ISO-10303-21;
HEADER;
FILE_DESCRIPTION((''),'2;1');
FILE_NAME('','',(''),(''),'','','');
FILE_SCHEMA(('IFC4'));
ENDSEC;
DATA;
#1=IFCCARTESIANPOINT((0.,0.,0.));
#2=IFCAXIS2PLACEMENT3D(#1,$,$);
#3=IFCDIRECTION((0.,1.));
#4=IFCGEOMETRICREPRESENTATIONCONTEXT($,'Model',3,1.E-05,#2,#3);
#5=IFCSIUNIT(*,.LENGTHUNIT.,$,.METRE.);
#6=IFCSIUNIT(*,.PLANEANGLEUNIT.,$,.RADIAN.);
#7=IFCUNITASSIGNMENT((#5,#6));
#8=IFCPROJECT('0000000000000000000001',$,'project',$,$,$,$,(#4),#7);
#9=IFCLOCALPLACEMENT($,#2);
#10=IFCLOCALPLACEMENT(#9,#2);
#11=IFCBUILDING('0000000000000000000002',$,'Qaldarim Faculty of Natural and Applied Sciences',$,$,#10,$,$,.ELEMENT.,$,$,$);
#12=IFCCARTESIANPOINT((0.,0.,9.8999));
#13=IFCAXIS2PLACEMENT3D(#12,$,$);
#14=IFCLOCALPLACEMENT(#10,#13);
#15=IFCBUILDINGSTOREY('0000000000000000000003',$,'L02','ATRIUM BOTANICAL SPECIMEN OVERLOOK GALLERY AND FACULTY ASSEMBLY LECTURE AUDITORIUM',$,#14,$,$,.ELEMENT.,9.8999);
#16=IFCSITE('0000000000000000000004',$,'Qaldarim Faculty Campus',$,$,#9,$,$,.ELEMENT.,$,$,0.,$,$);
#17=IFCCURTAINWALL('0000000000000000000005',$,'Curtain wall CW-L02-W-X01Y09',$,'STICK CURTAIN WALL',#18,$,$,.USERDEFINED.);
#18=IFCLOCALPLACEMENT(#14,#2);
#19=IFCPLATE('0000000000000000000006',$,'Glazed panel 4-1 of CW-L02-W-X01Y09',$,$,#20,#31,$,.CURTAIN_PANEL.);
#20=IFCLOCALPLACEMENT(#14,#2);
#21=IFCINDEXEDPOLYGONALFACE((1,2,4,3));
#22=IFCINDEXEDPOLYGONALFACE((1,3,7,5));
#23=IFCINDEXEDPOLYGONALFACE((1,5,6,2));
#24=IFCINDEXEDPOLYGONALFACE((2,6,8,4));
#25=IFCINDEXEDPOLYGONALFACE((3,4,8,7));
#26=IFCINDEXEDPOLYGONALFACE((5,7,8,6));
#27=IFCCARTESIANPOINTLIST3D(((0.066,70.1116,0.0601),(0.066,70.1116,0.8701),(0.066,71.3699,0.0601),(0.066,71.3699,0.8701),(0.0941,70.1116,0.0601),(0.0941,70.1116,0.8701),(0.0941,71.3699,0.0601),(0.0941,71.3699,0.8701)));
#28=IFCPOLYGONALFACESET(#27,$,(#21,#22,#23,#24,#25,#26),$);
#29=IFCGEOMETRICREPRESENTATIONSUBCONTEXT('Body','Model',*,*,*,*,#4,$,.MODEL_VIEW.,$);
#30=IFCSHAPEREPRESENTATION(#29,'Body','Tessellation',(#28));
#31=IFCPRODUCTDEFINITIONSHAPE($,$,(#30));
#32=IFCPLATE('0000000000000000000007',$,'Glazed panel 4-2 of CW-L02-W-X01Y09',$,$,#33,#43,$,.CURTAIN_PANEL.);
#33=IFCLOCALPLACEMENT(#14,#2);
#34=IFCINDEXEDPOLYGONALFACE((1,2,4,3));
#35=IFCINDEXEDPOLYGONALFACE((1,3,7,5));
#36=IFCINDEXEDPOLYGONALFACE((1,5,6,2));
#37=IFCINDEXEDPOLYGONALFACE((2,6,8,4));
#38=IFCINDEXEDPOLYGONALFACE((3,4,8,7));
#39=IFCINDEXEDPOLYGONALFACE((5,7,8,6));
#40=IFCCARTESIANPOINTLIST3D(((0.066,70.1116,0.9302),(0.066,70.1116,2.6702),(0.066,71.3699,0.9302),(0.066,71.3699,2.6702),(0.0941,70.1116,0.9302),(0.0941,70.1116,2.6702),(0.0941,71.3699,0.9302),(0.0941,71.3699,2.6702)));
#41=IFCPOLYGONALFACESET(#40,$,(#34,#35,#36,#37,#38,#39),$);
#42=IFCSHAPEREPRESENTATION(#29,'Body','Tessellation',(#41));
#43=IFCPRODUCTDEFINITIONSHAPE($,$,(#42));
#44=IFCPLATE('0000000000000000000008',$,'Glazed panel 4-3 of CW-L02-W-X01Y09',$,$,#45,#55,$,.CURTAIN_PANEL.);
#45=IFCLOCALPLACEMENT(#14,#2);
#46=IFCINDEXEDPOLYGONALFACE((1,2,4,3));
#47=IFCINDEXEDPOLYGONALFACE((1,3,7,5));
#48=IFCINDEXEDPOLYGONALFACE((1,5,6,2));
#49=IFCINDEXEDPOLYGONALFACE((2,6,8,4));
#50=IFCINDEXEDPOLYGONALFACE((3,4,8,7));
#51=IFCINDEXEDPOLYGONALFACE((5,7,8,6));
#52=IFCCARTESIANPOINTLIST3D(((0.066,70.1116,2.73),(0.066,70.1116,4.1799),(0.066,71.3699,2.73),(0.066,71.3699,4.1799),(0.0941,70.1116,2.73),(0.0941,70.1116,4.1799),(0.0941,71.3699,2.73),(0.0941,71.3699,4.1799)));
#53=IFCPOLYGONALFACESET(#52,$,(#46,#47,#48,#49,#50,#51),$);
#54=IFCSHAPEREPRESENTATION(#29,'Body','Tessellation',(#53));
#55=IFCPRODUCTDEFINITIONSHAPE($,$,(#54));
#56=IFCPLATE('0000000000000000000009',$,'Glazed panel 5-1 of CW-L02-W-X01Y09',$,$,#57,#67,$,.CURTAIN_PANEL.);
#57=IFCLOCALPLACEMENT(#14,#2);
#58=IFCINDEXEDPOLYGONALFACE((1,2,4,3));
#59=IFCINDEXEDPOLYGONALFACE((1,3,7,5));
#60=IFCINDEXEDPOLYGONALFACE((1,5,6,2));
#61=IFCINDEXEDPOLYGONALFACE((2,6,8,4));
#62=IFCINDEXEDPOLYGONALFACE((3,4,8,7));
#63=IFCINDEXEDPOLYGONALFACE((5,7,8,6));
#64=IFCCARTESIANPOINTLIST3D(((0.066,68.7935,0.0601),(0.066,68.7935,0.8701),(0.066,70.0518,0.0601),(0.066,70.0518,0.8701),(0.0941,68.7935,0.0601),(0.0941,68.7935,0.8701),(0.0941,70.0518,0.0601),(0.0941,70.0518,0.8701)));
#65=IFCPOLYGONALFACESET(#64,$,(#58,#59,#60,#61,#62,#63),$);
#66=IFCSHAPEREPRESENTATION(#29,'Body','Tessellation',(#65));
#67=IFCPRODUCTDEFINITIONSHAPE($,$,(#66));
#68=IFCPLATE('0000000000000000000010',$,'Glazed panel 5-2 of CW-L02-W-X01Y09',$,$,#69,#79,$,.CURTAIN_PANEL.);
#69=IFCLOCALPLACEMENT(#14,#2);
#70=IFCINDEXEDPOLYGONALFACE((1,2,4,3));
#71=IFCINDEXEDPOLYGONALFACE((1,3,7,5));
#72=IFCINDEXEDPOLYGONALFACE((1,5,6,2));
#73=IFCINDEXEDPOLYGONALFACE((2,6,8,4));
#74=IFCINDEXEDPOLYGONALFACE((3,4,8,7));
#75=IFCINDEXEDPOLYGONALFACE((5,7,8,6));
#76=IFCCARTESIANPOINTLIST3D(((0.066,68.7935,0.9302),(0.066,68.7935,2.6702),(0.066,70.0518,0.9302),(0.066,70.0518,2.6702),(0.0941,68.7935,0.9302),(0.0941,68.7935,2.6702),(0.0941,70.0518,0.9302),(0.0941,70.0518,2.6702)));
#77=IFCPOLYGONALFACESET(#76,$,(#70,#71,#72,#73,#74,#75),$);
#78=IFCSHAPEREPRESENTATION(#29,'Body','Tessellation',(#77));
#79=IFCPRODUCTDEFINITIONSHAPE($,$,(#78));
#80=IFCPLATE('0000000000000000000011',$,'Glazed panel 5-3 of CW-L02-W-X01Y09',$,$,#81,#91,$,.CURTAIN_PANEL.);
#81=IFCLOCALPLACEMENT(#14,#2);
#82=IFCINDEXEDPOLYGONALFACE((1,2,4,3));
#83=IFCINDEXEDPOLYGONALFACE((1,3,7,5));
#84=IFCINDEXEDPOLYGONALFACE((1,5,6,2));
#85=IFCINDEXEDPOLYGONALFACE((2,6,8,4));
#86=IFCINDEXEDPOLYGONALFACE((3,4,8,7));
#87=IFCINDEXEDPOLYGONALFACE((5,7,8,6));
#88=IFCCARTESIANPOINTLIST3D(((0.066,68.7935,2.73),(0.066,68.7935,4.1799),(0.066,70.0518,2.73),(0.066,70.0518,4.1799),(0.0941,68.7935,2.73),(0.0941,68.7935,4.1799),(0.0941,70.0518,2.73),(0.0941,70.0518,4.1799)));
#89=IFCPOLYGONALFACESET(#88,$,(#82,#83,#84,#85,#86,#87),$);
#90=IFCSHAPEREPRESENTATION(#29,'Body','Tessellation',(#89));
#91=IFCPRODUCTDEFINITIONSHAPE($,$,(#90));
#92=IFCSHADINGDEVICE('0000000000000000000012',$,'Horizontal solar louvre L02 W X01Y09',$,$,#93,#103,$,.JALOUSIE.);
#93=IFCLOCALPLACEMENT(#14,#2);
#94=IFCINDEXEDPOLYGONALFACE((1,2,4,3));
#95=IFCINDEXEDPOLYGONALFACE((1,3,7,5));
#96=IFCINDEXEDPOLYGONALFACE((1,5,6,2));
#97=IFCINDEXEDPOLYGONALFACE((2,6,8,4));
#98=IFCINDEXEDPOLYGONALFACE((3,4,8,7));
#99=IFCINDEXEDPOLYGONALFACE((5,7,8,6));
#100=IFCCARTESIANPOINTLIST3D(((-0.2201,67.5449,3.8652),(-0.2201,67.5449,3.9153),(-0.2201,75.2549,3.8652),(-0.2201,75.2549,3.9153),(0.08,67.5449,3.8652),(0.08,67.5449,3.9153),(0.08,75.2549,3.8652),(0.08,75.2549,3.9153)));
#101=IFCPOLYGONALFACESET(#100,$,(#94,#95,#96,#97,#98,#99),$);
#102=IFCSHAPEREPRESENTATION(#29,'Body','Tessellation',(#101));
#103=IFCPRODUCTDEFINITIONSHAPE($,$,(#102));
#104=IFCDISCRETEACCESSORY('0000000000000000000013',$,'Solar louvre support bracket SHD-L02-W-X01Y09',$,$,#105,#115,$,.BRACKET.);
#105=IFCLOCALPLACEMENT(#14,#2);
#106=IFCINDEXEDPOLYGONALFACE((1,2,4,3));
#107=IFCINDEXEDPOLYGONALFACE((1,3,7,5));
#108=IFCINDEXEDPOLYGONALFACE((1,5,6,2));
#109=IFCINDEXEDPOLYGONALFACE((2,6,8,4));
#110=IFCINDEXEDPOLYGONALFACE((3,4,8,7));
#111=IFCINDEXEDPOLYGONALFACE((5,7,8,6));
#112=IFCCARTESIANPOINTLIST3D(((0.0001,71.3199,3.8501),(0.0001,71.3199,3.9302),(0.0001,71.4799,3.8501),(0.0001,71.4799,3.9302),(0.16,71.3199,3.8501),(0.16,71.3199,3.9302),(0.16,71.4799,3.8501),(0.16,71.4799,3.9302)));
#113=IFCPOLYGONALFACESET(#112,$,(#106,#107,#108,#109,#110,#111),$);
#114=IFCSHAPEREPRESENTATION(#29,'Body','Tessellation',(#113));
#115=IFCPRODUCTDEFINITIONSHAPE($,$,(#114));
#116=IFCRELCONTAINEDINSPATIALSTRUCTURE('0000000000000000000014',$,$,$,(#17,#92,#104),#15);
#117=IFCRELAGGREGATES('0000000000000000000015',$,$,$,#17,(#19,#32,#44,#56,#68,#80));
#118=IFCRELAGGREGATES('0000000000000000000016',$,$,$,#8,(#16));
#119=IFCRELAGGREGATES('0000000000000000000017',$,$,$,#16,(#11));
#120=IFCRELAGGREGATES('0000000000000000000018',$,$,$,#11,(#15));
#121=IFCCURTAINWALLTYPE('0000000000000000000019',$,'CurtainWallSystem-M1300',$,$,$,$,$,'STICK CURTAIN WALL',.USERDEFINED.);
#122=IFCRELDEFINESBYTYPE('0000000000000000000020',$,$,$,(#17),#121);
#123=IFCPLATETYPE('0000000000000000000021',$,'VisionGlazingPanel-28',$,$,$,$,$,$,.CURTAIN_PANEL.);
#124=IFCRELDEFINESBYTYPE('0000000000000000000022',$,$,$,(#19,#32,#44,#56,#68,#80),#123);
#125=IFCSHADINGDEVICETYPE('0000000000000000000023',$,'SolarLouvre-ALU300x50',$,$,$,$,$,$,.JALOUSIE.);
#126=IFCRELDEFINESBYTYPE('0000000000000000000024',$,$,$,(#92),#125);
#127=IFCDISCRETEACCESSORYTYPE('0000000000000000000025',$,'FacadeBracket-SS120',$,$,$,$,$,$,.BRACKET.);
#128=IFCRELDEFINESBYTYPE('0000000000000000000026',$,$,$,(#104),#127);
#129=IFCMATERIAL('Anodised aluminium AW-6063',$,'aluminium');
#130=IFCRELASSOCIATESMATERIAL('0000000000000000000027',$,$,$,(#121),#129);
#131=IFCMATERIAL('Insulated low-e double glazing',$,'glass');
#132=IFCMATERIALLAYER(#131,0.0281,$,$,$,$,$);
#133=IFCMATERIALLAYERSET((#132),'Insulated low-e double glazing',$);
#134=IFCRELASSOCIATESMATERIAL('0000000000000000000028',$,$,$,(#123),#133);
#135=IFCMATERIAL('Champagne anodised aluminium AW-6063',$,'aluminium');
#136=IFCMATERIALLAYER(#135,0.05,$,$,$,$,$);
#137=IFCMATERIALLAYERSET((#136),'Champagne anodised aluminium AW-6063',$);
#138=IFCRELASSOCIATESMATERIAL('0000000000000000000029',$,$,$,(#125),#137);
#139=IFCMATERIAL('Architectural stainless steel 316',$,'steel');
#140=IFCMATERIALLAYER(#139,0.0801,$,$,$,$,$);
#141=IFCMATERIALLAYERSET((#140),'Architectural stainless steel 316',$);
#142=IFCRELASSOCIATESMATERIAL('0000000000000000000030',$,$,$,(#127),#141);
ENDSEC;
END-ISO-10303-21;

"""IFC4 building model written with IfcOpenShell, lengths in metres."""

from ifc_helpers import new_model, si_unit, direction, frame, origin, origin_2d, place, context, subcontext, project, spatial, rectangle, extrude, material, layer, layer_set, type_object, element, aggregate, save


model = new_model("IFC4")

# Units and contexts
model_context = context("Model", 3, precision=1e-05, world=origin(), true_north=direction((0.0, 1.0)))
body_context = subcontext(model_context, "Body", "Model", "MODEL_VIEW")
ifc_project = project(units=[si_unit("LENGTHUNIT", "METRE"), si_unit("PLANEANGLEUNIT", "RADIAN")], contexts=[model_context])

# Site, building, storey
site_placement = place(None, origin())
site = spatial("IfcSite", under=ifc_project, at=site_placement, Name="Qaldarim Faculty Campus", CompositionType="ELEMENT", RefElevation=0.0)
building_placement = place(site_placement, origin())
building = spatial("IfcBuilding", under=site, at=building_placement, Name="Qaldarim Faculty of Natural and Applied Sciences", CompositionType="ELEMENT")
storey_placement = place(building_placement, frame((0.0, 0.0, 9.8999)))
storey = spatial("IfcBuildingStorey", under=building, at=storey_placement, Name="L02", Description="ATRIUM BOTANICAL SPECIMEN OVERLOOK GALLERY AND FACULTY ASSEMBLY LECTURE AUDITORIUM", CompositionType="ELEMENT", Elevation=9.8999)

# Curtain wall, plates
ifc_material_1 = material(Name="Anodised aluminium AW-6063", Category="aluminium")
curtain_wall_type = type_object("IfcCurtainWallType", Name="CurtainWallSystem-M1300", ElementType="STICK CURTAIN WALL", PredefinedType="USERDEFINED", material=ifc_material_1)
curtain_wall_placement = place(storey_placement, origin())
curtain_wall = element("IfcCurtainWall", 1, at=curtain_wall_placement, inside=storey, type_object=curtain_wall_type, Name="Curtain wall CW-L02-W-X01Y09", ObjectType="STICK CURTAIN WALL", PredefinedType="USERDEFINED")
ifc_material_2 = material(Name="Insulated low-e double glazing", Category="glass")
ifc_layer_1 = layer(ifc_material_2, 0.0281)
ifc_layer_set_1 = layer_set([ifc_layer_1], Name="Insulated low-e double glazing")
plate_type = type_object("IfcPlateType", Name="VisionGlazingPanel-28", PredefinedType="CURTAIN_PANEL", material=ifc_layer_set_1)
plate_1_placement = place(storey_placement, frame((0.0801, 70.7407, 0.0601), z_axis=(0.0, 0.0, 1.0), x_axis=(0.0, -1.0, 0.0)))
plate_1 = element("IfcPlate", 2, at=plate_1_placement, type_object=plate_type, Name="Glazed panel 4-1 of CW-L02-W-X01Y09", PredefinedType="CURTAIN_PANEL", context=body_context, shape_type="SweptSolid", body=[
    extrude(rectangle(XDim=1.2583, YDim=0.0281, at=origin_2d()), origin(), (0.0, 0.0, 1.0), 0.8101),
])
plate_2_placement = place(storey_placement, frame((0.0801, 70.7407, 0.9302), z_axis=(0.0, 0.0, 1.0), x_axis=(0.0, -1.0, 0.0)))
plate_2 = element("IfcPlate", 3, at=plate_2_placement, type_object=plate_type, Name="Glazed panel 4-2 of CW-L02-W-X01Y09", PredefinedType="CURTAIN_PANEL", context=body_context, shape_type="SweptSolid", body=[
    extrude(rectangle(XDim=1.2583, YDim=0.0281, at=origin_2d()), origin(), (0.0, 0.0, 1.0), 1.74),
])
plate_3_placement = place(storey_placement, frame((0.0801, 70.7407, 2.73), z_axis=(0.0, 0.0, 1.0), x_axis=(0.0, -1.0, 0.0)))
plate_3 = element("IfcPlate", 4, at=plate_3_placement, type_object=plate_type, Name="Glazed panel 4-3 of CW-L02-W-X01Y09", PredefinedType="CURTAIN_PANEL", context=body_context, shape_type="SweptSolid", body=[
    extrude(rectangle(XDim=1.2583, YDim=0.0281, at=origin_2d()), origin(), (0.0, 0.0, 1.0), 1.45),
])
plate_4_placement = place(storey_placement, frame((0.0801, 69.4226, 0.0601), z_axis=(0.0, 0.0, 1.0), x_axis=(0.0, -1.0, 0.0)))
plate_4 = element("IfcPlate", 5, at=plate_4_placement, type_object=plate_type, Name="Glazed panel 5-1 of CW-L02-W-X01Y09", PredefinedType="CURTAIN_PANEL", context=body_context, shape_type="SweptSolid", body=[
    extrude(rectangle(XDim=1.2583, YDim=0.0281, at=origin_2d()), origin(), (0.0, 0.0, 1.0), 0.8101),
])
plate_5_placement = place(storey_placement, frame((0.0801, 69.4226, 0.9302), z_axis=(0.0, 0.0, 1.0), x_axis=(0.0, -1.0, 0.0)))
plate_5 = element("IfcPlate", 6, at=plate_5_placement, type_object=plate_type, Name="Glazed panel 5-2 of CW-L02-W-X01Y09", PredefinedType="CURTAIN_PANEL", context=body_context, shape_type="SweptSolid", body=[
    extrude(rectangle(XDim=1.2583, YDim=0.0281, at=origin_2d()), origin(), (0.0, 0.0, 1.0), 1.74),
])
plate_6_placement = place(storey_placement, frame((0.0801, 69.4226, 2.73), z_axis=(0.0, 0.0, 1.0), x_axis=(0.0, -1.0, 0.0)))
plate_6 = element("IfcPlate", 7, at=plate_6_placement, type_object=plate_type, Name="Glazed panel 5-3 of CW-L02-W-X01Y09", PredefinedType="CURTAIN_PANEL", context=body_context, shape_type="SweptSolid", body=[
    extrude(rectangle(XDim=1.2583, YDim=0.0281, at=origin_2d()), origin(), (0.0, 0.0, 1.0), 1.45),
])
aggregate(curtain_wall, [plate_1, plate_2, plate_3, plate_4, plate_5, plate_6])

# Shading device
ifc_material_3 = material(Name="Champagne anodised aluminium AW-6063", Category="aluminium")
ifc_layer_2 = layer(ifc_material_3, 0.05)
ifc_layer_set_2 = layer_set([ifc_layer_2], Name="Champagne anodised aluminium AW-6063")
shading_device_type = type_object("IfcShadingDeviceType", Name="SolarLouvre-ALU300x50", PredefinedType="JALOUSIE", material=ifc_layer_set_2)
shading_device_placement = place(storey_placement, frame((-0.0701, 71.3999, 3.8652), z_axis=(0.0, 0.0, 1.0), x_axis=(0.0, 1.0, 0.0)))
element("IfcShadingDevice", 8, at=shading_device_placement, inside=storey, type_object=shading_device_type, Name="Horizontal solar louvre L02 W X01Y09", PredefinedType="JALOUSIE", context=body_context, shape_type="SweptSolid", body=[
    extrude(rectangle(XDim=7.71, YDim=0.3, at=origin_2d()), origin(), (0.0, 0.0, 1.0), 0.05),
])

# Discrete accessory
ifc_material_4 = material(Name="Architectural stainless steel 316", Category="steel")
ifc_layer_3 = layer(ifc_material_4, 0.0801)
ifc_layer_set_3 = layer_set([ifc_layer_3], Name="Architectural stainless steel 316")
discrete_accessory_type = type_object("IfcDiscreteAccessoryType", Name="FacadeBracket-SS120", PredefinedType="BRACKET", material=ifc_layer_set_3)
discrete_accessory_placement = place(storey_placement, frame((0.0801, 71.3999, 3.8501), z_axis=(0.0, 0.0, 1.0), x_axis=(0.0, 1.0, 0.0)))
element("IfcDiscreteAccessory", 9, at=discrete_accessory_placement, inside=storey, type_object=discrete_accessory_type, Name="Solar louvre support bracket SHD-L02-W-X01Y09", PredefinedType="BRACKET", context=body_context, shape_type="SweptSolid", body=[
    extrude(rectangle(XDim=0.1599, YDim=0.1599, at=origin_2d()), origin(), (0.0, 0.0, 1.0), 0.0801),
])

save(model, "model.ifc")
